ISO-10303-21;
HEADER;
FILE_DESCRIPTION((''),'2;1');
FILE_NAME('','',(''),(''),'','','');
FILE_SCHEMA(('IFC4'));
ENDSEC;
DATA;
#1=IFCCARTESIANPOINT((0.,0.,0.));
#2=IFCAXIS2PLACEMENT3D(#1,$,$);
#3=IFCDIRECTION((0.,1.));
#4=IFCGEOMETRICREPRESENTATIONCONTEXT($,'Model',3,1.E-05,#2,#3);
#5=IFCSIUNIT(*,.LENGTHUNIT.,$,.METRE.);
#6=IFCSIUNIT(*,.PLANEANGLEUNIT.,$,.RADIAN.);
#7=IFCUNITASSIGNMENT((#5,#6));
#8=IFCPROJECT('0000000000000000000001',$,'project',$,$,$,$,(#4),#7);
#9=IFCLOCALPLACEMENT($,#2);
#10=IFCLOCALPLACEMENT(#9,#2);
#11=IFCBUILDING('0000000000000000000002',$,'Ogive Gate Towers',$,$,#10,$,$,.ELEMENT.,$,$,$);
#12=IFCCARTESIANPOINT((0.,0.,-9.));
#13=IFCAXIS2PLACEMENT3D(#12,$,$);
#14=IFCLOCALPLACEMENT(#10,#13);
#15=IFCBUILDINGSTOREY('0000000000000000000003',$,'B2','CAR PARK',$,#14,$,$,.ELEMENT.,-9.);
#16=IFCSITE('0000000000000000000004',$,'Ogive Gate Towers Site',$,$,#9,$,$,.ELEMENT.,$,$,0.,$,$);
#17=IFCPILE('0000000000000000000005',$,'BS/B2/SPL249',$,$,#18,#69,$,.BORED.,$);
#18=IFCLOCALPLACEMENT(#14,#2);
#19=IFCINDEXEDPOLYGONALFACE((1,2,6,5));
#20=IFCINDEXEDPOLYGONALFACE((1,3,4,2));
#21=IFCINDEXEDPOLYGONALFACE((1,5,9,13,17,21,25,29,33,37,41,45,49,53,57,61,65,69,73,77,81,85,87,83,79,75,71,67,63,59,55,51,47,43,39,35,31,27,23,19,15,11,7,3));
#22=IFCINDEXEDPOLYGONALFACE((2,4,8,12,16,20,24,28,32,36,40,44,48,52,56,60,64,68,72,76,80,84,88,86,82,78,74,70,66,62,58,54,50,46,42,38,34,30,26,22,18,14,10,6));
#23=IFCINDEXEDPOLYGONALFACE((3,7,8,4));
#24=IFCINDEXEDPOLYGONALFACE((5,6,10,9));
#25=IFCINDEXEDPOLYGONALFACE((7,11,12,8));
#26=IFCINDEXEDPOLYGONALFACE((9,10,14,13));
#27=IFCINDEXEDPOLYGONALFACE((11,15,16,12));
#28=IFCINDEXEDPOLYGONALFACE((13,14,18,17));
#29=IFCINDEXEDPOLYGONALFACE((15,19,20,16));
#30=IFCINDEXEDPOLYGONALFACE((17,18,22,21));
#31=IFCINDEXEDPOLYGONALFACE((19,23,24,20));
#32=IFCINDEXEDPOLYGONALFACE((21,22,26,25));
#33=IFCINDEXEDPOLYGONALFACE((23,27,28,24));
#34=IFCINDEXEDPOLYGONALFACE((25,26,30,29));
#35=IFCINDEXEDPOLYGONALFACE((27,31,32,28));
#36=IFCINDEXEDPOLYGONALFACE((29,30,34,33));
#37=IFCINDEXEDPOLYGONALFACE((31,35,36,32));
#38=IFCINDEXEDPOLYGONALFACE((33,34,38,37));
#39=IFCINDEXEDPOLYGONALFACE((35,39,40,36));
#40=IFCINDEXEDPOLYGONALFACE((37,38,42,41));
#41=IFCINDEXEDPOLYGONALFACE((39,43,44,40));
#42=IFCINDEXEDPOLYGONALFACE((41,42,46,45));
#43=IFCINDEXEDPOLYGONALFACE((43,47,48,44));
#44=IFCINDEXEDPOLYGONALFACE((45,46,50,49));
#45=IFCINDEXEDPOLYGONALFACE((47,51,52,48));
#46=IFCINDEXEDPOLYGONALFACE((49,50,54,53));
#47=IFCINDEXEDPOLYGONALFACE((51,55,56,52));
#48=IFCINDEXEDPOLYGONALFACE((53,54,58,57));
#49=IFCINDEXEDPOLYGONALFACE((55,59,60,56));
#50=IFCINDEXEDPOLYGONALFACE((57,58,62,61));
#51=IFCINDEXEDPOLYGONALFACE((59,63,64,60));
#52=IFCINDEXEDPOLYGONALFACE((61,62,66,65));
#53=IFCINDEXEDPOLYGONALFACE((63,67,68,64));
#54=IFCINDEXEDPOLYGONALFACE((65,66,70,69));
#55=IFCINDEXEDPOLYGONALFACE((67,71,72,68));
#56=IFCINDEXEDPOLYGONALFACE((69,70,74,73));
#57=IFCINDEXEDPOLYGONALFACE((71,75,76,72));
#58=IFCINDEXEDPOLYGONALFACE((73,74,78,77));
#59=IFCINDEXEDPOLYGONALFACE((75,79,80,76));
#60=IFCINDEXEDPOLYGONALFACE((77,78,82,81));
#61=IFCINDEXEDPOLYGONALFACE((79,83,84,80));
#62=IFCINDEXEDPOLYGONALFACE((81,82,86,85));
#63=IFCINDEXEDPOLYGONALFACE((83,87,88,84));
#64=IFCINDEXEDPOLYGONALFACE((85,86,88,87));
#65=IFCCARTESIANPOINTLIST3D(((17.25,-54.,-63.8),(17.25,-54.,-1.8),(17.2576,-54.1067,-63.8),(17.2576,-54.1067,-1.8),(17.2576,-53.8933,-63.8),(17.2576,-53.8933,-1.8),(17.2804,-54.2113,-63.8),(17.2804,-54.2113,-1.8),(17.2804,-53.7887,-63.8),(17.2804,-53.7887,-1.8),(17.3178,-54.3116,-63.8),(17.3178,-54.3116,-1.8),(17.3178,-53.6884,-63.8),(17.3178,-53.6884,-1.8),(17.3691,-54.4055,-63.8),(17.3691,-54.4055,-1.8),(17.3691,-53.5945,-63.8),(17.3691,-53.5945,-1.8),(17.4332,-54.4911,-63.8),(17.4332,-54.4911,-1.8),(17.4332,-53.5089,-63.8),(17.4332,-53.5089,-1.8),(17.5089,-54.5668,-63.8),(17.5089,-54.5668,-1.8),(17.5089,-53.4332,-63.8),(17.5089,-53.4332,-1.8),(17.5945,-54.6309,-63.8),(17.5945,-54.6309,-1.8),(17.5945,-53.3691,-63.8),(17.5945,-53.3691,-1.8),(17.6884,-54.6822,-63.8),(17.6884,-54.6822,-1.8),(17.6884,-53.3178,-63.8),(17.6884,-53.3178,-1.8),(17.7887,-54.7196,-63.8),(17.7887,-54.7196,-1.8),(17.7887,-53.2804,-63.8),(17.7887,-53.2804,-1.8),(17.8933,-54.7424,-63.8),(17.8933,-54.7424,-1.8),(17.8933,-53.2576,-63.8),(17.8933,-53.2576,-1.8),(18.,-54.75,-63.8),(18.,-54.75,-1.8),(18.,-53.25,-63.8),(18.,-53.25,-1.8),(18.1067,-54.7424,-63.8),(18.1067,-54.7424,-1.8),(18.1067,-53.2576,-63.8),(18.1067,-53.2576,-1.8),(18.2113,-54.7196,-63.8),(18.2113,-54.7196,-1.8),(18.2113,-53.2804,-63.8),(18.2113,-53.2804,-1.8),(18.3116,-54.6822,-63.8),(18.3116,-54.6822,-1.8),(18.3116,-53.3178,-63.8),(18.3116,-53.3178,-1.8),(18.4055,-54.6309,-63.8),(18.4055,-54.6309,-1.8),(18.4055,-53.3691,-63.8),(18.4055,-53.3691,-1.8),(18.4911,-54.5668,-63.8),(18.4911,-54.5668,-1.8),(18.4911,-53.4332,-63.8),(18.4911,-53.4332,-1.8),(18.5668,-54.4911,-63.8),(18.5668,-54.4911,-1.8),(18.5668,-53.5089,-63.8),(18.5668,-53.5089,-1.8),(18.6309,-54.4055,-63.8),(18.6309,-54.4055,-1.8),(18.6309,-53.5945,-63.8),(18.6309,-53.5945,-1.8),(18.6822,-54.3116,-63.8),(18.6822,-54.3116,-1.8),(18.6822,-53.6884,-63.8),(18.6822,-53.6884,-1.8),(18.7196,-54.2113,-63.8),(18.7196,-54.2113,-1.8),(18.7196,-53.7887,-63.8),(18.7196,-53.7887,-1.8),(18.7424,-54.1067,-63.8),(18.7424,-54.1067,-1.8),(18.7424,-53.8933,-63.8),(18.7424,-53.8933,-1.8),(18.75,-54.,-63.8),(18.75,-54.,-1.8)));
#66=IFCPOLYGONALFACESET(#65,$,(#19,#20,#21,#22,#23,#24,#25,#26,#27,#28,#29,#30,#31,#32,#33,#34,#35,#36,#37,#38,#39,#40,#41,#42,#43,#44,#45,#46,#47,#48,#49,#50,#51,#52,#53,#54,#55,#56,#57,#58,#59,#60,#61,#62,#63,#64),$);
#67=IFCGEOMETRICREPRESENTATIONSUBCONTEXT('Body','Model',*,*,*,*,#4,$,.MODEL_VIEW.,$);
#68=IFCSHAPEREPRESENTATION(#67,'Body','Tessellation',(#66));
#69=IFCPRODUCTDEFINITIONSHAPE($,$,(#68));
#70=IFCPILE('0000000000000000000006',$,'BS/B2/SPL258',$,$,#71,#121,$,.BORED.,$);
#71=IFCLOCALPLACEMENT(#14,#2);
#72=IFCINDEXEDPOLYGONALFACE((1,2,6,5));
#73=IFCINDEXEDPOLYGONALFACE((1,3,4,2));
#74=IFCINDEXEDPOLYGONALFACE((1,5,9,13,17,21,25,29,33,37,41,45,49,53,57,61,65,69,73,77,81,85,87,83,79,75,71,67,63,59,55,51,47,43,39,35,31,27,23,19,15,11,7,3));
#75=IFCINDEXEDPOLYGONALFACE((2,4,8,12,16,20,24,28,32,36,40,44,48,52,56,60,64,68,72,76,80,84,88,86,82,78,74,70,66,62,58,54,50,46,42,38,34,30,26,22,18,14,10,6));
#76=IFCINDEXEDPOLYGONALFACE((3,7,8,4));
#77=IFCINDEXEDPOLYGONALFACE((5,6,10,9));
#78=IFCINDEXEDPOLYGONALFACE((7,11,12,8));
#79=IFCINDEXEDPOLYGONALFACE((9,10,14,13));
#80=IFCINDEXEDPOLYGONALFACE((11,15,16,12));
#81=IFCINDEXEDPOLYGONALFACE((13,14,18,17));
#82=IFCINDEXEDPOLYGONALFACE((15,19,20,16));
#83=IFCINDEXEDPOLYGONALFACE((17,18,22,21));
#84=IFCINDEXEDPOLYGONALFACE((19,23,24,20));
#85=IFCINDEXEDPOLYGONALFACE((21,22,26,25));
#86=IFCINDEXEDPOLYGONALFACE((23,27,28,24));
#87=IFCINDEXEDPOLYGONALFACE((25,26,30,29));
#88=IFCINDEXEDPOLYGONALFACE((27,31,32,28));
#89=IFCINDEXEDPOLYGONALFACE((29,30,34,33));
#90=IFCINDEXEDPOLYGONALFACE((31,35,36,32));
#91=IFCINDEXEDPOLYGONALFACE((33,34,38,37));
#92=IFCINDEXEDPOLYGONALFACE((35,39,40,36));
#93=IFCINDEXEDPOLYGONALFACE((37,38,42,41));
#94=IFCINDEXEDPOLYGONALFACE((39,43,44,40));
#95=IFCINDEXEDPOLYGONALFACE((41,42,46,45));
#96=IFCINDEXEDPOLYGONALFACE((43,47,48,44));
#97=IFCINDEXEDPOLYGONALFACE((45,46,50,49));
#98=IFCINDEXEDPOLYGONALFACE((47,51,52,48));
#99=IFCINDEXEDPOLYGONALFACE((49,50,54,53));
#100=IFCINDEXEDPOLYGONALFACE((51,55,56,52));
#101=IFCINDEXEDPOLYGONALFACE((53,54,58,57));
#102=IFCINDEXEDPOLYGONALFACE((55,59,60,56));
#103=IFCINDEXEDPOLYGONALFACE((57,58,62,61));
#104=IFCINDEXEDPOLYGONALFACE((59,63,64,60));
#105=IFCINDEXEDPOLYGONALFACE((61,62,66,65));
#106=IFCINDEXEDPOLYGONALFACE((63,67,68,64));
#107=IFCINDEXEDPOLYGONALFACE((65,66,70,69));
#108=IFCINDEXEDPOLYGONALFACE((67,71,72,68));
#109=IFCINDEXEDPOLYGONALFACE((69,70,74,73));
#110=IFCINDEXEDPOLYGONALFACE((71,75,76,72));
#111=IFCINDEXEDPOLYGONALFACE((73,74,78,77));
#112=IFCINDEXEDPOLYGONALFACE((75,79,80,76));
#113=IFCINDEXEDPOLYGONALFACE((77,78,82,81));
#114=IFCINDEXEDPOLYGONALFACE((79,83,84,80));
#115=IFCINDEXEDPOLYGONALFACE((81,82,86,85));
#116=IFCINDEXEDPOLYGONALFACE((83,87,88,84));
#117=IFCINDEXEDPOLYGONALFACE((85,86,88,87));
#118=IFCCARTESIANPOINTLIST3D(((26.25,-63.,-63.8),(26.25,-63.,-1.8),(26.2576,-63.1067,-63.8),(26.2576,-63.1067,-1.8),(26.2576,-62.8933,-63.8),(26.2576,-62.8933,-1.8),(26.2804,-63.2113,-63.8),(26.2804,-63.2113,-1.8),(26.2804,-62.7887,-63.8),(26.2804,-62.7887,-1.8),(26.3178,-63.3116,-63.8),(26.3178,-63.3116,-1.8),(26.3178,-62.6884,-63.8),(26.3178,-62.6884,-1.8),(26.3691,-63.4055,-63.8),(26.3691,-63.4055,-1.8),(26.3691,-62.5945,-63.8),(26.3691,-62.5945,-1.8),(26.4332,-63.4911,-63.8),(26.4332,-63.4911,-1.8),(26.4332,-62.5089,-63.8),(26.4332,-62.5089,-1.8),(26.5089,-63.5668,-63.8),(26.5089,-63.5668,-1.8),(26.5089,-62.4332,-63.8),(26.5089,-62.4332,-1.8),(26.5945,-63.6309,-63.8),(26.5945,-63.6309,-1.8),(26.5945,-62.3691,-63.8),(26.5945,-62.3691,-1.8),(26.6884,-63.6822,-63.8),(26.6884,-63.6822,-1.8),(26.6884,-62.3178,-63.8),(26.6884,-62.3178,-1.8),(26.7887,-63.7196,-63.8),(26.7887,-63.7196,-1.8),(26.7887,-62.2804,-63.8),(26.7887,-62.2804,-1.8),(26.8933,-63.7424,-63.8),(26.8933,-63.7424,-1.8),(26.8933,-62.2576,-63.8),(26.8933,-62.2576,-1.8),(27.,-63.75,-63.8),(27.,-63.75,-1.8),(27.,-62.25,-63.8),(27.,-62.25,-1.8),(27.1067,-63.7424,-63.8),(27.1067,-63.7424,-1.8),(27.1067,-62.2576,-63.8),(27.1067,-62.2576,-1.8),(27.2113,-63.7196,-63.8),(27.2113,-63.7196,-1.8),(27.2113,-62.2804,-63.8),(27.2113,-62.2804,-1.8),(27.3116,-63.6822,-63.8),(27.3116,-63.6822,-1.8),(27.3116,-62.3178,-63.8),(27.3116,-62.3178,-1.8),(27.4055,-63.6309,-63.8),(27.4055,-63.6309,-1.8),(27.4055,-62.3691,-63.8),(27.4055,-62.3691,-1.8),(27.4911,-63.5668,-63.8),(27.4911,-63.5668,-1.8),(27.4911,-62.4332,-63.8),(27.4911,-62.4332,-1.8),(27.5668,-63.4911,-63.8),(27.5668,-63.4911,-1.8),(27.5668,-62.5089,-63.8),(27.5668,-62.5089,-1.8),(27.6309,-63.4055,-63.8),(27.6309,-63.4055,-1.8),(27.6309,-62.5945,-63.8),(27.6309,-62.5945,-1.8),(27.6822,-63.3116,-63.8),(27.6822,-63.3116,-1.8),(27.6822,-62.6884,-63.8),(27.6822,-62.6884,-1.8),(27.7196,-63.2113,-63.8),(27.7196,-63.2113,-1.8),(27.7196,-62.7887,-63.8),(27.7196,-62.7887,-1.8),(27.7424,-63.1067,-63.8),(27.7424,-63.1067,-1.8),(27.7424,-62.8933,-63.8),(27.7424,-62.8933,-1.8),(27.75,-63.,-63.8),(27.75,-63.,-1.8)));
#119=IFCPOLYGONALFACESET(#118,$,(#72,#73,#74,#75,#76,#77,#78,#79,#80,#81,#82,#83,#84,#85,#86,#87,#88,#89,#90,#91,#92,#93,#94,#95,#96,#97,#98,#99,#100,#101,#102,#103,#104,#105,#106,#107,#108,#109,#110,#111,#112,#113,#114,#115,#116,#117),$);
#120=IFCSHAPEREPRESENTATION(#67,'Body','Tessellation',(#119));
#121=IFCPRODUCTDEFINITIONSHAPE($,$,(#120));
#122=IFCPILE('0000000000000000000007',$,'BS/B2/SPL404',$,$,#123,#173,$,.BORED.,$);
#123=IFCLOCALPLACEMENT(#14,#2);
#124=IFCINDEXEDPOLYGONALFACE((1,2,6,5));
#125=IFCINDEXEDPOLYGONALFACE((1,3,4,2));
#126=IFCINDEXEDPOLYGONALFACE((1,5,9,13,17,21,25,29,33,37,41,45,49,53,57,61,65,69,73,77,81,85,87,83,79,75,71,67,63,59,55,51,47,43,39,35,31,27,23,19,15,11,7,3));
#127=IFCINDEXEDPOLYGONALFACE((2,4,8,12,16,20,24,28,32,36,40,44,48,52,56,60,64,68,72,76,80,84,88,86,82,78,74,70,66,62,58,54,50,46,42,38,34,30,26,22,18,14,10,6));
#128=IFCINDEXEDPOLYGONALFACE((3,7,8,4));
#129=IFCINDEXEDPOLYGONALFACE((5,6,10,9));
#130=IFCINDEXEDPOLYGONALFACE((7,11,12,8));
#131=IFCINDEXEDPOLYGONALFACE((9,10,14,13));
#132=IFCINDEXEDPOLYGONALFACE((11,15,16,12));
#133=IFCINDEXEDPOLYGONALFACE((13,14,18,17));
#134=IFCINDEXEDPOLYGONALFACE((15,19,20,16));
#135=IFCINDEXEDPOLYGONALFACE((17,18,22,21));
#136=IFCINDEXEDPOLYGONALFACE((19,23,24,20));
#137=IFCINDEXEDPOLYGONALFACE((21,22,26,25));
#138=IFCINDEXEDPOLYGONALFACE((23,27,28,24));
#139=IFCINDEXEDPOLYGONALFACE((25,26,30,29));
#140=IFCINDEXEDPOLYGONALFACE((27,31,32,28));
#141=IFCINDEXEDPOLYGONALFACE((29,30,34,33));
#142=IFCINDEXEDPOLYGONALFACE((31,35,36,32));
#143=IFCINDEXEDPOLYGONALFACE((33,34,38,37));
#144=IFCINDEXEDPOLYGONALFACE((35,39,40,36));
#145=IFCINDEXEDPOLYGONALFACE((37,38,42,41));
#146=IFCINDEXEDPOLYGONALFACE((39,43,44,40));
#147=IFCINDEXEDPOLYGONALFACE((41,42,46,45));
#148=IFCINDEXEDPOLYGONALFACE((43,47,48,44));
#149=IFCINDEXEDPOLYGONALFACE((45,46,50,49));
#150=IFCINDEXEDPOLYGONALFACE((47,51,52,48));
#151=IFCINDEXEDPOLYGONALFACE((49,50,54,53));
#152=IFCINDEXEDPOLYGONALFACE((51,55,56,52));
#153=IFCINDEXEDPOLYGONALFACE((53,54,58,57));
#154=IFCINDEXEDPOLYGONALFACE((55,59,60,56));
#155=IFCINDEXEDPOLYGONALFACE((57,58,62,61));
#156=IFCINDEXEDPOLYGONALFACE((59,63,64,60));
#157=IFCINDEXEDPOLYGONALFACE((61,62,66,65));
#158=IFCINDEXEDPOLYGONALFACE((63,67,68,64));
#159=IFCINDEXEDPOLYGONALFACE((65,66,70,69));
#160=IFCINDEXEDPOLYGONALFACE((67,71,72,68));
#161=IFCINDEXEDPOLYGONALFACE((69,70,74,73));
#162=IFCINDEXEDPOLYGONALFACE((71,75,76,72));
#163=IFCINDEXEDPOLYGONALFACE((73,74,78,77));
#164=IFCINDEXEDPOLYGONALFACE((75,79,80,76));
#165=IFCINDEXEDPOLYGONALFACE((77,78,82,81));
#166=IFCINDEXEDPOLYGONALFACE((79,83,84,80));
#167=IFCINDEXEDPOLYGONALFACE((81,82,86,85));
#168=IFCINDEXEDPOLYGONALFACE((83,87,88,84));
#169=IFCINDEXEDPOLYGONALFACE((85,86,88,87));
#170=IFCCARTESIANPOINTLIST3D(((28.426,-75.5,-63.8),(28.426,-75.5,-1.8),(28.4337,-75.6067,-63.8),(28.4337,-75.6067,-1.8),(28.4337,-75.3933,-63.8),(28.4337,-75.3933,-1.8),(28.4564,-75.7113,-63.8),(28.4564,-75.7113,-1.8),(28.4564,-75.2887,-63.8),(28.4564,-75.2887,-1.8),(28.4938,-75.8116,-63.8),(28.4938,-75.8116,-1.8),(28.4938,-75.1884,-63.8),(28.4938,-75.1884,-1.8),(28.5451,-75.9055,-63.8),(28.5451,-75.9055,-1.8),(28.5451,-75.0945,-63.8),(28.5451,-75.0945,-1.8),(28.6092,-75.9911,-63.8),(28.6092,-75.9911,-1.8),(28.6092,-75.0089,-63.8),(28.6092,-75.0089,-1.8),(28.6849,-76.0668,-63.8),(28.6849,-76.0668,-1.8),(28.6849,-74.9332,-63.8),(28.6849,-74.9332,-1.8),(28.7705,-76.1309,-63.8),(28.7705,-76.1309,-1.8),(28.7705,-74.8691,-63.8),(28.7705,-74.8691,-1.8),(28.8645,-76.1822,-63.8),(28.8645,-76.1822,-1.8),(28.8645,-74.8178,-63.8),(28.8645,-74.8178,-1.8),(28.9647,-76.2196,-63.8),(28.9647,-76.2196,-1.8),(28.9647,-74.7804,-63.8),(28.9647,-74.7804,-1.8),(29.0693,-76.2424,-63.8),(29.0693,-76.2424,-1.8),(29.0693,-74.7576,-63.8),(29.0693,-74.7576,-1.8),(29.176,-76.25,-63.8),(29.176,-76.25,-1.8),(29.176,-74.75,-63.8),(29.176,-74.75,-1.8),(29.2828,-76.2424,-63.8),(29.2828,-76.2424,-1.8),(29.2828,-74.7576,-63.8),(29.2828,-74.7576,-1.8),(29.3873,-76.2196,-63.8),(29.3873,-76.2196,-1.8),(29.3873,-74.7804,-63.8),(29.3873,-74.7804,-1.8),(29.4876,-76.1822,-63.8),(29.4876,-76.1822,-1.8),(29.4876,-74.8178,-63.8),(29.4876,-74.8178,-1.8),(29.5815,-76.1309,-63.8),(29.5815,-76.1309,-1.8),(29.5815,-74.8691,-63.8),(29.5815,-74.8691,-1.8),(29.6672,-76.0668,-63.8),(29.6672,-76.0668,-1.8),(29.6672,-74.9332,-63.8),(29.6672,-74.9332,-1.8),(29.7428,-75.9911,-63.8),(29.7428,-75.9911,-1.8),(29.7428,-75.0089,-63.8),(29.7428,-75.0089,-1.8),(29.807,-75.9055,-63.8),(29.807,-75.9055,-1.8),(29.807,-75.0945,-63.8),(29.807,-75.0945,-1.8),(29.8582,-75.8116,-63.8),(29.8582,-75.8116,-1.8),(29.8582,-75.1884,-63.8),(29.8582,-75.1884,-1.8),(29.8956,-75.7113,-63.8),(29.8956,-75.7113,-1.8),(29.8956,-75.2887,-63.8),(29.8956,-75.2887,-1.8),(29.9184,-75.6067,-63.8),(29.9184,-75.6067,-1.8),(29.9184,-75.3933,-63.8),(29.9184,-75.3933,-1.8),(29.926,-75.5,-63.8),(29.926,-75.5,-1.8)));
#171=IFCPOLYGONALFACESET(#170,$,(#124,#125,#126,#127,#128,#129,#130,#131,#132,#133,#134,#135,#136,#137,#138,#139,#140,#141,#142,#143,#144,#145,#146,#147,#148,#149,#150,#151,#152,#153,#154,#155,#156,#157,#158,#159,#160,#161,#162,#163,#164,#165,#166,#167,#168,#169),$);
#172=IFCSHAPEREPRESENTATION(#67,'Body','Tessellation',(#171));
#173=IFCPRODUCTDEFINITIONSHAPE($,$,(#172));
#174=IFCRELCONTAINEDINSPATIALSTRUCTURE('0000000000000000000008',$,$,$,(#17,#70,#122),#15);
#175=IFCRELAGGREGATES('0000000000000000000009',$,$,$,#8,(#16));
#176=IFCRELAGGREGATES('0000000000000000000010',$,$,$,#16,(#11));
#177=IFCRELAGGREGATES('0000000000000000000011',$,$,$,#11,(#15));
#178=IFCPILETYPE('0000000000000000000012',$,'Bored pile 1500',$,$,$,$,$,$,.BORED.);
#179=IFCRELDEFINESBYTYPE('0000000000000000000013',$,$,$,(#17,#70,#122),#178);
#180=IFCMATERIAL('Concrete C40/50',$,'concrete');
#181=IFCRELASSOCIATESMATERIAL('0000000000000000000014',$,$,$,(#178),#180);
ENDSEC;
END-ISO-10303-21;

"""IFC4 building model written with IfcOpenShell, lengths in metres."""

from ifc_helpers import new_model, si_unit, direction, frame, origin, origin_2d, place, context, subcontext, project, spatial, circle, extrude, material, material_profile, profile_set, type_object, element, save


model = new_model("IFC4")

# Units and contexts
model_context = context("Model", 3, precision=1e-05, world=origin(), true_north=direction((0.0, 1.0)))
body_context = subcontext(model_context, "Body", "Model", "MODEL_VIEW")
ifc_project = project(units=[si_unit("LENGTHUNIT", "METRE"), si_unit("PLANEANGLEUNIT", "RADIAN")], contexts=[model_context])

# Site, building, storey
site_placement = place(None, origin())
site = spatial("IfcSite", under=ifc_project, at=site_placement, Name="Ogive Gate Towers Site", CompositionType="ELEMENT", RefElevation=0.0)
building_placement = place(site_placement, origin())
building = spatial("IfcBuilding", under=site, at=building_placement, Name="Ogive Gate Towers", CompositionType="ELEMENT")
storey_placement = place(building_placement, frame((0.0, 0.0, -9.0)))
storey = spatial("IfcBuildingStorey", under=building, at=storey_placement, Name="B2", Description="CAR PARK", CompositionType="ELEMENT", Elevation=-9.0)

# Piles
ifc_material_1 = material(Name="Concrete C40/50", Category="concrete")
ifc_material_profile_1 = material_profile(ifc_material_1, circle(Radius=0.75, at=origin_2d()), Name="BP 1500")
ifc_profile_set_1 = profile_set([ifc_material_profile_1], Name="Concrete C40/50")
pile_type = type_object("IfcPileType", Name="Bored pile 1500", PredefinedType="BORED", material=ifc_profile_set_1)
for number, where, z_axis, x_axis, name in (
    (1, (18.0, -54.0, -1.8), (0.0, 0.0, -1.0), (1.0, 0.0, 0.0), "BS/B2/SPL249"),
    (2, (27.0, -63.0, -1.8), (0.0, 0.0, -1.0), (1.0, 0.0, 0.0), "BS/B2/SPL258"),
    (3, (29.176, -75.5, -1.8), (0.0, 0.0, -1.0), (1.0, 0.0, 0.0), "BS/B2/SPL404"),
):
    element("IfcPile", number, at=place(storey_placement, frame(where, z_axis=z_axis, x_axis=x_axis)), inside=storey, type_object=pile_type, Name=name, PredefinedType="BORED", context=body_context, shape_type="SweptSolid", body=[
        extrude(circle(Radius=0.75, at=origin_2d()), origin(), (0.0, 0.0, 1.0), 62.0),
    ])

save(model, "model.ifc")
